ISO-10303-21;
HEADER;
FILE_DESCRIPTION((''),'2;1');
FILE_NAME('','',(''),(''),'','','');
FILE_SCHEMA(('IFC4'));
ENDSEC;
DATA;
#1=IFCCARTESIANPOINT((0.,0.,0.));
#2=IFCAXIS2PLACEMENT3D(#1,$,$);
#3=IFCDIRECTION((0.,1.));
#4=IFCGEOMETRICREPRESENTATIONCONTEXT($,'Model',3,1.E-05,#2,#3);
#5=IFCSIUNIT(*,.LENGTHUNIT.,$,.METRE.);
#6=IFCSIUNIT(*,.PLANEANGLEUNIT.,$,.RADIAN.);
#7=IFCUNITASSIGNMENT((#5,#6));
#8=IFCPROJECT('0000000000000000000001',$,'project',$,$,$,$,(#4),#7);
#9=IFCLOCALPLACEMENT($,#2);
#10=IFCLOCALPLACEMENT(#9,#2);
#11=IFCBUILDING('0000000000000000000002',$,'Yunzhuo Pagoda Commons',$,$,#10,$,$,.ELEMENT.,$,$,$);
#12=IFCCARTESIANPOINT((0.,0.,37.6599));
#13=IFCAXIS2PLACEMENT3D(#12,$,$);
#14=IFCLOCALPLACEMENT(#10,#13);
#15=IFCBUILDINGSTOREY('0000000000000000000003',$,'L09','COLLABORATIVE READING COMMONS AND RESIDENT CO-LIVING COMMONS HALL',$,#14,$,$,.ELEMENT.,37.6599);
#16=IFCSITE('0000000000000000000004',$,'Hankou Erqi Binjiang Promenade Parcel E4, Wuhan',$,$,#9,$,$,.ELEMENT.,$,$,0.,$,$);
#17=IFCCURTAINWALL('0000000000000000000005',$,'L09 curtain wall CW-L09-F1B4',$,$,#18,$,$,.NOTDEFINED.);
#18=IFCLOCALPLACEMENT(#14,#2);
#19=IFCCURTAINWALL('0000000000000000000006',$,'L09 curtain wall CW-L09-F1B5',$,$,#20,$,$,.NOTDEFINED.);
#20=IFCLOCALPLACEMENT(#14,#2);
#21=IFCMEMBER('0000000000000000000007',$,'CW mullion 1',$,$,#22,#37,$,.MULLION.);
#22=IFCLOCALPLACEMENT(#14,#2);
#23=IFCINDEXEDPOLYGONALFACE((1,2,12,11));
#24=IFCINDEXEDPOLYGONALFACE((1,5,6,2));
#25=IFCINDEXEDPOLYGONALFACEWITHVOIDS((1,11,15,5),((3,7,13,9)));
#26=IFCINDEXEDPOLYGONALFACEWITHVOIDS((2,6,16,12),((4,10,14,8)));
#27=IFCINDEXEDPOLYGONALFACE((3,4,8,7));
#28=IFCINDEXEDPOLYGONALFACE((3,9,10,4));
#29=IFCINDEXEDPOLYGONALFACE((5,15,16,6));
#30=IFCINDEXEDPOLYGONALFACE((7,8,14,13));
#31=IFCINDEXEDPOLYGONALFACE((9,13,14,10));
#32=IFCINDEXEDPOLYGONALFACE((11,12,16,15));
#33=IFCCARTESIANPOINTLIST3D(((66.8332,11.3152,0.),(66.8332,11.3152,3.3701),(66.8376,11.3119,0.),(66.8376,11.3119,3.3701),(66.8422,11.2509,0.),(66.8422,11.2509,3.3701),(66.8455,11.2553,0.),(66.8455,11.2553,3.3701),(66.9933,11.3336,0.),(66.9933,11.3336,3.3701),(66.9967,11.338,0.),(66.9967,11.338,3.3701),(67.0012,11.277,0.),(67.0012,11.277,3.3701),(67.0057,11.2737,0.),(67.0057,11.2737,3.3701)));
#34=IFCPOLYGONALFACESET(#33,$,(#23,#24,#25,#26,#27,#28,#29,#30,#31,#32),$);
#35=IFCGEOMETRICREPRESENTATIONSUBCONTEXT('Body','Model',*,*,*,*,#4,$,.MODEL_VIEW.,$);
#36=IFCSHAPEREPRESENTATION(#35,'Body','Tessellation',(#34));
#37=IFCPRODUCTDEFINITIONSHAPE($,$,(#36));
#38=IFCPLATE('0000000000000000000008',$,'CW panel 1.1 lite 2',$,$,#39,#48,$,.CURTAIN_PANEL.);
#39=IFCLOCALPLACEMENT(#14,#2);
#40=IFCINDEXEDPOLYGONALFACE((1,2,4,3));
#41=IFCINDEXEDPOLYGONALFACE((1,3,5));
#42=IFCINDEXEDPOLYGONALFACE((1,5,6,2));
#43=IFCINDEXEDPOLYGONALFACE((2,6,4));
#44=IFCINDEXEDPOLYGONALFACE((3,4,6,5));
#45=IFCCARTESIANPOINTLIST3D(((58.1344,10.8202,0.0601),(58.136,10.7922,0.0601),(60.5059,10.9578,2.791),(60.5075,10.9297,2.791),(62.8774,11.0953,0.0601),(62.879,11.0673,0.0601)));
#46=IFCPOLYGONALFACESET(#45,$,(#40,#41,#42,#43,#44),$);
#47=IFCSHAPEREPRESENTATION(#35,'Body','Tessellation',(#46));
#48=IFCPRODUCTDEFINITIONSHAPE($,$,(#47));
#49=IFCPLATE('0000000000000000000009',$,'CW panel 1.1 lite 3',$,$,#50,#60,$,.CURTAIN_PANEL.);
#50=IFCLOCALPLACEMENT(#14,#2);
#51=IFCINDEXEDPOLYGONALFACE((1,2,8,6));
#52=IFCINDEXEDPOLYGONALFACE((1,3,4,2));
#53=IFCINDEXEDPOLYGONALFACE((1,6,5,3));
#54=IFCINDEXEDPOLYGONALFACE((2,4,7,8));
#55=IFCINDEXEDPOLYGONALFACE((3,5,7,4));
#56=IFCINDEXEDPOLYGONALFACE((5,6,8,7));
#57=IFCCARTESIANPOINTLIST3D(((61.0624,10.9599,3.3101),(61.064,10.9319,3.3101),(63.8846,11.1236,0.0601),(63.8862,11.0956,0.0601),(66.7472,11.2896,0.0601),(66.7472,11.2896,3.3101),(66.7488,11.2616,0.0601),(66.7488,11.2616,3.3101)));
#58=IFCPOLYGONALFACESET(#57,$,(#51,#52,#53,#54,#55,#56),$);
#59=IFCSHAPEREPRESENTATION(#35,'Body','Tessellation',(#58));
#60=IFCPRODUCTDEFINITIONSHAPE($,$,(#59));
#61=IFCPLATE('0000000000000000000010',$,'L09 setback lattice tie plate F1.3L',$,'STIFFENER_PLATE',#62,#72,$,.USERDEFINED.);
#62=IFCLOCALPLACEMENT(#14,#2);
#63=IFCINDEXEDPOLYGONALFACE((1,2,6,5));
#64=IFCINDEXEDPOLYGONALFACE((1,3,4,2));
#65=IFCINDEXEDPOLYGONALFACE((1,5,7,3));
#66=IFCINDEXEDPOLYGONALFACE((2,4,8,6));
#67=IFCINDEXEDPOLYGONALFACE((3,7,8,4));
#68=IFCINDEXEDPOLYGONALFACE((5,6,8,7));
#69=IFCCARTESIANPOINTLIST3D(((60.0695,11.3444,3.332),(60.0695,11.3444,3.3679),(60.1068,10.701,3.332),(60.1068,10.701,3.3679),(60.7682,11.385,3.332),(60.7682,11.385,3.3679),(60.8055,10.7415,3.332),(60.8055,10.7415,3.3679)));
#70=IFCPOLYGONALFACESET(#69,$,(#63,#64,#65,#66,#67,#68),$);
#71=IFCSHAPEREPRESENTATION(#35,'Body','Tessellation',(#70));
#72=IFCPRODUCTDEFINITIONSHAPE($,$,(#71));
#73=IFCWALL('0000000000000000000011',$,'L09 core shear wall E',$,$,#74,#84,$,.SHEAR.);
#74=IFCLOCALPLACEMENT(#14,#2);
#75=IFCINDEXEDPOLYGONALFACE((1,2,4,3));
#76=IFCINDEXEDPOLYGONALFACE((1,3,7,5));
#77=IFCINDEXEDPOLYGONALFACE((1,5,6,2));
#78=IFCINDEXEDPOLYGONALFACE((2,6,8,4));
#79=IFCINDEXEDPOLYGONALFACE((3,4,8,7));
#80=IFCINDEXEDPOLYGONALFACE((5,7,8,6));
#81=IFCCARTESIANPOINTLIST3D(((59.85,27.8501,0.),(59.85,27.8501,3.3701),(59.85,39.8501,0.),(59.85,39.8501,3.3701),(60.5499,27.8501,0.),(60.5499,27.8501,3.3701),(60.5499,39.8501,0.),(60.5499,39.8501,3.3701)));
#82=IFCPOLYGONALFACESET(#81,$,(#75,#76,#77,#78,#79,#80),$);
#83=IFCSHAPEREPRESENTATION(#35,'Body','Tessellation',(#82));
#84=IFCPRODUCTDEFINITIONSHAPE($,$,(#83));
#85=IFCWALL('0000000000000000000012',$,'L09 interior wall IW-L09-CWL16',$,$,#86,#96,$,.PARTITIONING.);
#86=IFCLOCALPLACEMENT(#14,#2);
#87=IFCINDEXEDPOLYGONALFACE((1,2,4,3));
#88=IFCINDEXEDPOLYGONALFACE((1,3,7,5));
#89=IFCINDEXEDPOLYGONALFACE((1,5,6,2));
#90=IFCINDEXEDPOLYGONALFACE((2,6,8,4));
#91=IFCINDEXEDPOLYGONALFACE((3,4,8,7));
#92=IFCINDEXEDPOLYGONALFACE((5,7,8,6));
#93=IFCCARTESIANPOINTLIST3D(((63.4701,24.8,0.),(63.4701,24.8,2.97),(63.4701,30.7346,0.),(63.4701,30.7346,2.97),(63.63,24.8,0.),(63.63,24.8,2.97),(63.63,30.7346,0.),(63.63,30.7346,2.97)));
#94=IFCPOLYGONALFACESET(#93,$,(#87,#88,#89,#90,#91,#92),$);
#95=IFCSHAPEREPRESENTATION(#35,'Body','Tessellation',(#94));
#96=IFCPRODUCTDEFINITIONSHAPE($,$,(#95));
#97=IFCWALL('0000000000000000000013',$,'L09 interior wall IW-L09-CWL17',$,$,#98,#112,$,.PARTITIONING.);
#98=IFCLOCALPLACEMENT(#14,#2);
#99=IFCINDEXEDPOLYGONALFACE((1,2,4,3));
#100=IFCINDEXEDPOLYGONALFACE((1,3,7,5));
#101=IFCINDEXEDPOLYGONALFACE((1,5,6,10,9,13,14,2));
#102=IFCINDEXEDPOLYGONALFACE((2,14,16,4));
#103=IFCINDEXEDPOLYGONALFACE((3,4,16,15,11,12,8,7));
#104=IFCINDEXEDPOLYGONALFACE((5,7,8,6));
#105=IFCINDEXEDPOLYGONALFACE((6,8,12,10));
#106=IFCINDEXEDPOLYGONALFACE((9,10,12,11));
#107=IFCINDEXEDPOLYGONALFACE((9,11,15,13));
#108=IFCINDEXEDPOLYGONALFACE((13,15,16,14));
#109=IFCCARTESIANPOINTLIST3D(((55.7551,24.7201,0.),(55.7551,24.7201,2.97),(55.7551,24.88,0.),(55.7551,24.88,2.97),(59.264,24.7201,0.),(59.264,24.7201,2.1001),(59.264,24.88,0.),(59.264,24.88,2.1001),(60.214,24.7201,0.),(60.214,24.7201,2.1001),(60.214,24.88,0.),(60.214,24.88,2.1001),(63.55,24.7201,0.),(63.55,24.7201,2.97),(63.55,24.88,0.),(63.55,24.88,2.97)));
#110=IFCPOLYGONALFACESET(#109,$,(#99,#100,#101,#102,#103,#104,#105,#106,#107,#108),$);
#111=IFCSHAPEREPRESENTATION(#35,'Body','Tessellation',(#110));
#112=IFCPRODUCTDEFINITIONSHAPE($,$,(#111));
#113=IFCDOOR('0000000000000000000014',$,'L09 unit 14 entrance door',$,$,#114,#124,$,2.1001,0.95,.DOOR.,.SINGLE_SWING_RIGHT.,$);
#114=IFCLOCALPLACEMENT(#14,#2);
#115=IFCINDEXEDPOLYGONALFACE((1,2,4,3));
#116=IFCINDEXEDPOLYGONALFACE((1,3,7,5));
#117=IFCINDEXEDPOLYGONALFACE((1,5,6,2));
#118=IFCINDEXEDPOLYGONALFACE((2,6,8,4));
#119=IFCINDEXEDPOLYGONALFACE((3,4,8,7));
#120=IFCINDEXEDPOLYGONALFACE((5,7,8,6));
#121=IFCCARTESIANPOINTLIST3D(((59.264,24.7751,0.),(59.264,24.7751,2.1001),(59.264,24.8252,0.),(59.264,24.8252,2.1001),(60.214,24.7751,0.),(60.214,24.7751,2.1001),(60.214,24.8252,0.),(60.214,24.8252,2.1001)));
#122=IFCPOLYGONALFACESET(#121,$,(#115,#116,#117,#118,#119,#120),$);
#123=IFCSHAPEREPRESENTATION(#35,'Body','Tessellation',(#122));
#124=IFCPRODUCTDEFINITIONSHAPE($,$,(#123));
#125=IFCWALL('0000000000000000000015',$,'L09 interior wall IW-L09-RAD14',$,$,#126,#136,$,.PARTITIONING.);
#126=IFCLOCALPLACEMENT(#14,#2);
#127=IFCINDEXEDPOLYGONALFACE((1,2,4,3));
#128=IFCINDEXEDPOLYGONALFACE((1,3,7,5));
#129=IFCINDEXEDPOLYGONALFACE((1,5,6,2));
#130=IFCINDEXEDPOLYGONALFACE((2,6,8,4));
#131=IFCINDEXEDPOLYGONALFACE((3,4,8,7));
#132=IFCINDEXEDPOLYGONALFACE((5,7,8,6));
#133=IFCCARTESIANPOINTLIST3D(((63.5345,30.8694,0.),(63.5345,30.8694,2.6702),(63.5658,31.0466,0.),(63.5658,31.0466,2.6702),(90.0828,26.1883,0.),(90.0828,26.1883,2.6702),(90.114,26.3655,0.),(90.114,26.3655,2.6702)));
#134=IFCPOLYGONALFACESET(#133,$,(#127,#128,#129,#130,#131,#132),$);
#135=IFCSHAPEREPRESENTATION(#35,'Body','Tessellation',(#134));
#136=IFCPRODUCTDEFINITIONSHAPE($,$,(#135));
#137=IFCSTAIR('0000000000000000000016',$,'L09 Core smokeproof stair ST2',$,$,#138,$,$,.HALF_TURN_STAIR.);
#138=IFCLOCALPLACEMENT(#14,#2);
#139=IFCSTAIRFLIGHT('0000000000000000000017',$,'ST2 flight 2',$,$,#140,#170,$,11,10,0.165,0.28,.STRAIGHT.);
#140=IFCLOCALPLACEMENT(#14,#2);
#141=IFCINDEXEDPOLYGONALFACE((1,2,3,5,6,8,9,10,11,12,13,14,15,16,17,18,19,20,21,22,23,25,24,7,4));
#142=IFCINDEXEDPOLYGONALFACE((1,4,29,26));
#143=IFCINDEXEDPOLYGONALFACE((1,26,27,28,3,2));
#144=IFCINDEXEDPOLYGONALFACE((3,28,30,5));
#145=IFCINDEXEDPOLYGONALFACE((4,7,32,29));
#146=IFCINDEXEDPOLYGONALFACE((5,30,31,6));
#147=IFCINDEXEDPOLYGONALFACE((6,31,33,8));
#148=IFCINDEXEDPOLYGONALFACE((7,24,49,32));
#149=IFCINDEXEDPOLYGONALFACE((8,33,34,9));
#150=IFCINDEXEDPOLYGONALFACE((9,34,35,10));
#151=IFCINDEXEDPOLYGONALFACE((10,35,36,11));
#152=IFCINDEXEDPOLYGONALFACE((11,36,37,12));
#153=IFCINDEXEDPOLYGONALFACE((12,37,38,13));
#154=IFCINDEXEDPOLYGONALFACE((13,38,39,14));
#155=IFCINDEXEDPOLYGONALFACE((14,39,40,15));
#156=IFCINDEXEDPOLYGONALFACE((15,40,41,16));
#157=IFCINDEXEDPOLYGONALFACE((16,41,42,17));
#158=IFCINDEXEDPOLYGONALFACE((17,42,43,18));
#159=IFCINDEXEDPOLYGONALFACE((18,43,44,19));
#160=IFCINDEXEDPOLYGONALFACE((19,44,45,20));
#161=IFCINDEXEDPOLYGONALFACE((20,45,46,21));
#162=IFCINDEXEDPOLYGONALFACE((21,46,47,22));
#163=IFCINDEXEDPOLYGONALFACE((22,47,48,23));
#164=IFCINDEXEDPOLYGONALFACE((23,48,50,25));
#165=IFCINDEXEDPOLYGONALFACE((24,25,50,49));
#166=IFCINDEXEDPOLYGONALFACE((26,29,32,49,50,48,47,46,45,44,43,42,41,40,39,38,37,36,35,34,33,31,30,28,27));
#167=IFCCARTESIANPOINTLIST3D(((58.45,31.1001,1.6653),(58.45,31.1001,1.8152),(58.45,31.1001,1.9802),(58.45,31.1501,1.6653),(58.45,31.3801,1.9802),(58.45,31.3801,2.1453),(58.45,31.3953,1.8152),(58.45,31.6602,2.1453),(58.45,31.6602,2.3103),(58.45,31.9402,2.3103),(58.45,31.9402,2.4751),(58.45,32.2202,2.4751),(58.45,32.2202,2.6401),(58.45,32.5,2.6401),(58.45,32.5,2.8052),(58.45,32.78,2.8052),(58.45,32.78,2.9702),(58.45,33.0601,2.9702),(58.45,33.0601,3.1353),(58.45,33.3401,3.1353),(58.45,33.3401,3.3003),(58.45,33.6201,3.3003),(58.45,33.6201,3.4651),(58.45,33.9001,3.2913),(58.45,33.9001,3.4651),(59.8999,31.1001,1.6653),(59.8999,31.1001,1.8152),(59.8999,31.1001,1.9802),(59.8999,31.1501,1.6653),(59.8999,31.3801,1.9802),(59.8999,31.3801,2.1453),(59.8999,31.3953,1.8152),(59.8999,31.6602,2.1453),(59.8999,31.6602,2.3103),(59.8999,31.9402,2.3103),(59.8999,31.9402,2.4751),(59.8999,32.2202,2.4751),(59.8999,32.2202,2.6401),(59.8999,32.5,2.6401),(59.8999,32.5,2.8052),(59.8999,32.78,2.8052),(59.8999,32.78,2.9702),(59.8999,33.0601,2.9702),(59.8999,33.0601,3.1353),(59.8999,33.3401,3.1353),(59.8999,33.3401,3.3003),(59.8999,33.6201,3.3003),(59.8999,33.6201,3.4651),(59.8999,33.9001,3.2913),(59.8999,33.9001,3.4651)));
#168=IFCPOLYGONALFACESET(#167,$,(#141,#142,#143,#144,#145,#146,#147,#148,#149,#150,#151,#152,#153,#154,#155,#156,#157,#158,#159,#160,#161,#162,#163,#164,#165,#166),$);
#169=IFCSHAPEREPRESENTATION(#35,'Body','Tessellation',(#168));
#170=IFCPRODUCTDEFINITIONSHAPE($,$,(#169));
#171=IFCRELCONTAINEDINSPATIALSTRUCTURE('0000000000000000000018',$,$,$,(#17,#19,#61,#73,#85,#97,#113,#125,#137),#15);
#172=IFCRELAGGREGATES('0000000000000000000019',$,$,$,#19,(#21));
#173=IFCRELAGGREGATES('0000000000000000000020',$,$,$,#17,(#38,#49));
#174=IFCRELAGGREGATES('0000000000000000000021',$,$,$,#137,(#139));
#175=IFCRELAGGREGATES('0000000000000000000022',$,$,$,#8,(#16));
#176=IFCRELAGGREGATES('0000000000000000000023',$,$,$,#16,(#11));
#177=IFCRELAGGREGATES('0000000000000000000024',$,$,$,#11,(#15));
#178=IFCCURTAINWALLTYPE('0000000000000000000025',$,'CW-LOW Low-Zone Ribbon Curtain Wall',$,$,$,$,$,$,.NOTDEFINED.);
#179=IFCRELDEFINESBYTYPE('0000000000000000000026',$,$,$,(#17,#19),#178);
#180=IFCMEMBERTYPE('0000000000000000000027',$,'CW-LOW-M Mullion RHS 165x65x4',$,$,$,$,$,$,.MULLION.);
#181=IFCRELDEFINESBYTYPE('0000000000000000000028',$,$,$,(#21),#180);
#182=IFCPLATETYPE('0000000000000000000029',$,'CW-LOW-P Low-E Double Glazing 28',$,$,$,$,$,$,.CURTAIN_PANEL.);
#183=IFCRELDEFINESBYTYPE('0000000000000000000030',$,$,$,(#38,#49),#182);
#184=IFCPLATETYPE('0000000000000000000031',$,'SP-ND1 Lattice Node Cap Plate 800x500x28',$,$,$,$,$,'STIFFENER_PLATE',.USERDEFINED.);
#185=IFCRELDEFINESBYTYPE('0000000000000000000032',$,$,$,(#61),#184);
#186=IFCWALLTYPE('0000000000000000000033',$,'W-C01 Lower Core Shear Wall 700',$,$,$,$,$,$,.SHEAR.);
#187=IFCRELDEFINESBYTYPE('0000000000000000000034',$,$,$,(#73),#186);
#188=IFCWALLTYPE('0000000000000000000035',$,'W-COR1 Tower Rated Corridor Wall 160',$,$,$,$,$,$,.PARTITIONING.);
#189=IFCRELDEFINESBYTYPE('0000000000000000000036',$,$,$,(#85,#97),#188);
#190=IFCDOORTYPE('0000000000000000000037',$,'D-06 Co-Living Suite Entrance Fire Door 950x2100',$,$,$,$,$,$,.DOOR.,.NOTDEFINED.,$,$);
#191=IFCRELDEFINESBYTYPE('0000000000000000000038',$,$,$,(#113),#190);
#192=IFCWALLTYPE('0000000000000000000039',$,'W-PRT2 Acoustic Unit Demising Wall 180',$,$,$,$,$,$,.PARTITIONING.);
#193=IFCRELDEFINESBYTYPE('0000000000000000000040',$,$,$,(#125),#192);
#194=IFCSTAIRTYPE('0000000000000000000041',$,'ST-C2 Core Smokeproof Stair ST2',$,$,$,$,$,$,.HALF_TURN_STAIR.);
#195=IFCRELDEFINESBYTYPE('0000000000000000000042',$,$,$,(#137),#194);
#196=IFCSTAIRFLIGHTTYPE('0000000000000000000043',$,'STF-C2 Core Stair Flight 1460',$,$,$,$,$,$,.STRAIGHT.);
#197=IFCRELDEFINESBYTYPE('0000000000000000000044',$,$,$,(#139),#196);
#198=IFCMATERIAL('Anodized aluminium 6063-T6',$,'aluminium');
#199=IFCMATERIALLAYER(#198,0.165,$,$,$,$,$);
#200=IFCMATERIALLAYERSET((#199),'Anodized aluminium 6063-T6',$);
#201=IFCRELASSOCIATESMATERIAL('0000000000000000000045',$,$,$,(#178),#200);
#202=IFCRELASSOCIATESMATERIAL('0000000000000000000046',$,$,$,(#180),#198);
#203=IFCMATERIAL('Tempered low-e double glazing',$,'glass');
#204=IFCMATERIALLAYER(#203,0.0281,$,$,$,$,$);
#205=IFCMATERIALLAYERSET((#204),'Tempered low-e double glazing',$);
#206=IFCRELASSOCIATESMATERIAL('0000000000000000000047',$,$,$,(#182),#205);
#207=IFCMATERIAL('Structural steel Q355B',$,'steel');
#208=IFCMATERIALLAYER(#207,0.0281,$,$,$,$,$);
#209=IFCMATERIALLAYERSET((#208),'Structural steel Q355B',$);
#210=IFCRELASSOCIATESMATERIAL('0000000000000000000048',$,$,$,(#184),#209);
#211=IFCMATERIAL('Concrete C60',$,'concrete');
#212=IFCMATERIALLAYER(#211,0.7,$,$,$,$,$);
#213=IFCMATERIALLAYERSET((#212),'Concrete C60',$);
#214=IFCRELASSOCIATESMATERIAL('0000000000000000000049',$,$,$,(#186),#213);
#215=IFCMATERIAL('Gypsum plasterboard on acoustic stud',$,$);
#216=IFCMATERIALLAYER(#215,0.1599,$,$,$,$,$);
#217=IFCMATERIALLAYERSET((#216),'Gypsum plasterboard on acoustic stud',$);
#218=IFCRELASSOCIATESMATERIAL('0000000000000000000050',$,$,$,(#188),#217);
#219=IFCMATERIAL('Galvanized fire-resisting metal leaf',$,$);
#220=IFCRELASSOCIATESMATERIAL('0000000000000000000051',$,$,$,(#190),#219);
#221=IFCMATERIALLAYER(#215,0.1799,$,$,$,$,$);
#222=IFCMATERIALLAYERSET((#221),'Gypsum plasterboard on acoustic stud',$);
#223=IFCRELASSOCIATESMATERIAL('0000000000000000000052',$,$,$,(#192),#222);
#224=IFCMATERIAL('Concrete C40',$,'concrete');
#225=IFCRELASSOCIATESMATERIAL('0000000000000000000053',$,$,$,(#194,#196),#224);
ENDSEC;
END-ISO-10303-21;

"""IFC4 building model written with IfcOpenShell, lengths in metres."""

from ifc_helpers import new_model, si_unit, direction, frame, frame_2d, origin, origin_with_axes, origin_2d, place, context, subcontext, project, spatial, polyline, rectangle, hollow_rectangle, outline, extrude, source, transform, mapped, material, layer, layer_set, material_profile, profile_set, type_object, element, fill, aggregate, save


model = new_model("IFC4")

# Units and contexts
model_context = context("Model", 3, precision=1e-05, world=origin(), true_north=direction((0.0, 1.0)))
body_context = subcontext(model_context, "Body", "Model", "MODEL_VIEW")
ifc_project = project(units=[si_unit("LENGTHUNIT", "METRE"), si_unit("PLANEANGLEUNIT", "RADIAN")], contexts=[model_context])

# Site, building, storey
site_placement = place(None, origin())
site = spatial("IfcSite", under=ifc_project, at=site_placement, Name="Hankou Erqi Binjiang Promenade Parcel E4, Wuhan", CompositionType="ELEMENT", RefElevation=0.0)
building_placement = place(site_placement, origin())
building = spatial("IfcBuilding", under=site, at=building_placement, Name="Yunzhuo Pagoda Commons", CompositionType="ELEMENT")
storey_placement = place(building_placement, frame((0.0, 0.0, 37.6599)))
storey = spatial("IfcBuildingStorey", under=building, at=storey_placement, Name="L09", Description="COLLABORATIVE READING COMMONS AND RESIDENT CO-LIVING COMMONS HALL", CompositionType="ELEMENT", Elevation=37.6599)

# Shared definitions
ifc_material_1 = material(Name="Structural steel Q355B", Category="steel")

# Curtain walls, member
ifc_material_2 = material(Name="Anodized aluminium 6063-T6", Category="aluminium")
ifc_layer_1 = layer(ifc_material_2, 0.165)
ifc_layer_set_1 = layer_set([ifc_layer_1], Name="Anodized aluminium 6063-T6")
curtain_wall_type = type_object("IfcCurtainWallType", Name="CW-LOW Low-Zone Ribbon Curtain Wall", PredefinedType="NOTDEFINED", material=ifc_layer_set_1)
curtain_wall_1_placement = place(storey_placement, origin())
curtain_wall_1 = element("IfcCurtainWall", 1, at=curtain_wall_1_placement, inside=storey, type_object=curtain_wall_type, Name="L09 curtain wall CW-L09-F1B4", PredefinedType="NOTDEFINED")
ifc_material_profile_1 = material_profile(ifc_material_2, hollow_rectangle(XDim=0.0649, YDim=0.165, WallThickness=0.0039, at=origin_2d()), Name="Anodized aluminium 6063-T6")
ifc_profile_set_1 = profile_set([ifc_material_profile_1], Name="Anodized aluminium 6063-T6")
member_type_1 = type_object("IfcMemberType", Name="CW-LOW-M Mullion RHS 165x65x4", PredefinedType="MULLION", material=ifc_profile_set_1)
shared_shape_1 = source(origin(), body_context, "Body", "SweptSolid", [
    extrude(hollow_rectangle(XDim=0.0649, YDim=0.165, WallThickness=0.0039, at=origin_2d()), origin(), (0.0, 0.0, 1.0), 3.3701),
])
curtain_wall_2_placement = place(storey_placement, origin())
curtain_wall_2 = element("IfcCurtainWall", 2, at=curtain_wall_2_placement, inside=storey, type_object=curtain_wall_type, Name="L09 curtain wall CW-L09-F1B5", PredefinedType="NOTDEFINED")
member_1_placement = place(storey_placement, frame((66.9194, 11.2944, 0.0), z_axis=(0.0, 0.0, 1.0), x_axis=(-0.138294, 0.990391, 0.0)))
member_1 = element("IfcMember", 3, at=member_1_placement, type_object=member_type_1, Name="CW mullion 1", PredefinedType="MULLION", context=body_context, shape_type="MappedRepresentation", body=[
    mapped(shared_shape_1, transform((0.0, 0.0, 0.0), scale=1.0)),
])
aggregate(curtain_wall_2, [member_1])

# Plates
ifc_material_3 = material(Name="Tempered low-e double glazing", Category="glass")
ifc_layer_2 = layer(ifc_material_3, 0.0281)
ifc_layer_set_2 = layer_set([ifc_layer_2], Name="Tempered low-e double glazing")
plate_type_1 = type_object("IfcPlateType", Name="CW-LOW-P Low-E Double Glazing 28", PredefinedType="CURTAIN_PANEL", material=ifc_layer_set_2)
plate_1_placement = place(storey_placement, frame((60.5059, 10.9578, 1.4255), z_axis=(0.057899, -0.998322, 0.0), x_axis=(0.998322, 0.057899, 0.0)))
plate_1 = element("IfcPlate", 4, at=plate_1_placement, type_object=plate_type_1, Name="CW panel 1.1 lite 2", PredefinedType="CURTAIN_PANEL", context=body_context, shape_type="SweptSolid", body=[
    extrude(outline(polyline([(-2.3755, -1.3655), (2.3755, -1.3655), (0.0, 1.3655), (-2.3755, -1.3655)])), origin(), (0.0, 0.0, 1.0), 0.0281),
])
plate_2_placement = place(storey_placement, frame((63.9048, 11.1248, 1.6851), z_axis=(0.057899, -0.998322, 0.0), x_axis=(0.998322, 0.057899, 0.0)))
plate_2 = element("IfcPlate", 5, at=plate_2_placement, type_object=plate_type_1, Name="CW panel 1.1 lite 3", PredefinedType="CURTAIN_PANEL", context=body_context, shape_type="SweptSolid", body=[
    extrude(outline(polyline([(-2.8472, 1.625), (-0.0203, -1.625), (2.8472, -1.625), (2.8472, 1.625), (-2.8472, 1.625)])), origin(), (0.0, 0.0, 1.0), 0.0281),
])
aggregate(curtain_wall_1, [plate_1, plate_2])
ifc_layer_3 = layer(ifc_material_1, 0.0281)
ifc_layer_set_3 = layer_set([ifc_layer_3], Name="Structural steel Q355B")
plate_type_2 = type_object("IfcPlateType", Name="SP-ND1 Lattice Node Cap Plate 800x500x28", ElementType="STIFFENER_PLATE", PredefinedType="USERDEFINED", material=ifc_layer_set_3)
shared_shape_2 = source(origin(), body_context, "Body", "SweptSolid", [
    extrude(rectangle(XDim=0.7, YDim=0.6445, at=origin_2d()), origin(), (0.0, 0.0, 1.0), 0.0359),
])
plate_3_placement = place(storey_placement, frame((60.4375, 11.043, 3.332), z_axis=(0.0, 0.0, 1.0), x_axis=(0.998323, 0.057895, 0.0)))
element("IfcPlate", 6, at=plate_3_placement, inside=storey, type_object=plate_type_2, Name="L09 setback lattice tie plate F1.3L", ObjectType="STIFFENER_PLATE", PredefinedType="USERDEFINED", context=body_context, shape_type="MappedRepresentation", body=[
    mapped(shared_shape_2, transform((0.0, 0.0, 0.0), scale=1.0)),
])

# Walls
ifc_material_4 = material(Name="Concrete C60", Category="concrete")
ifc_layer_4 = layer(ifc_material_4, 0.7)
ifc_layer_set_4 = layer_set([ifc_layer_4], Name="Concrete C60")
wall_type_1 = type_object("IfcWallType", Name="W-C01 Lower Core Shear Wall 700", PredefinedType="SHEAR", material=ifc_layer_set_4)
wall_1_placement = place(storey_placement, frame((60.2, 27.8501, 0.0), z_axis=(0.0, 0.0, 1.0), x_axis=(0.0, 1.0, 0.0)))
element("IfcWall", 7, at=wall_1_placement, inside=storey, type_object=wall_type_1, Name="L09 core shear wall E", PredefinedType="SHEAR", context=body_context, shape_type="SweptSolid", body=[
    extrude(rectangle(XDim=12.0, YDim=0.7, at=frame_2d((6.0, 0.0))), origin(), (0.0, 0.0, 1.0), 3.3701),
])
ifc_material_5 = material(Name="Gypsum plasterboard on acoustic stud")
ifc_layer_5 = layer(ifc_material_5, 0.1599)
ifc_layer_set_5 = layer_set([ifc_layer_5], Name="Gypsum plasterboard on acoustic stud")
wall_type_2 = type_object("IfcWallType", Name="W-COR1 Tower Rated Corridor Wall 160", PredefinedType="PARTITIONING", material=ifc_layer_set_5)
wall_2_placement = place(storey_placement, frame((63.55, 30.7346, 0.0), z_axis=(0.0, 0.0, 1.0), x_axis=(0.0, -1.0, 0.0)))
element("IfcWall", 8, at=wall_2_placement, inside=storey, type_object=wall_type_2, Name="L09 interior wall IW-L09-CWL16", PredefinedType="PARTITIONING", context=body_context, shape_type="SweptSolid", body=[
    extrude(rectangle(XDim=5.9346, YDim=0.1599, at=frame_2d((2.9673, 0.0))), origin(), (0.0, 0.0, 1.0), 2.97),
])

# Wall, opening, door
wall_3_placement = place(storey_placement, frame((63.55, 24.8, 0.0), z_axis=(0.0, 0.0, 1.0), x_axis=(-1.0, 0.0, 0.0)))
wall_3 = element("IfcWall", 9, at=wall_3_placement, inside=storey, type_object=wall_type_2, Name="L09 interior wall IW-L09-CWL17", PredefinedType="PARTITIONING", context=body_context, shape_type="SweptSolid", body=[
    extrude(rectangle(XDim=7.7949, YDim=0.1599, at=frame_2d((3.8975, 0.0))), origin(), (0.0, 0.0, 1.0), 2.97),
])
opening_placement = place(wall_3_placement, frame((3.3359, 0.0, 0.0)))
opening = element("IfcOpeningElement", 10, at=opening_placement, cuts=wall_3, PredefinedType="OPENING", context=body_context, shape_type="SweptSolid", body=[
    extrude(rectangle(XDim=0.95, YDim=2.1001, at=frame_2d((0.4751, 1.05))), frame((0.0, 0.0898, 0.0), z_axis=(0.0, -1.0, 0.0), x_axis=(1.0, 0.0, 0.0)), (0.0, 0.0, 1.0), 0.1799),
])
ifc_material_6 = material(Name="Galvanized fire-resisting metal leaf")
door_type = type_object("IfcDoorType", Name="D-06 Co-Living Suite Entrance Fire Door 950x2100", OperationType="NOTDEFINED", PredefinedType="DOOR", material=ifc_material_6)
shared_shape_3 = source(origin(), body_context, "Body", "SweptSolid", [
    extrude(rectangle(XDim=0.95, YDim=2.1001, at=frame_2d((0.4751, 1.05))), frame((0.0, 0.0249, 0.0), z_axis=(0.0, -1.0, 0.0), x_axis=(1.0, 0.0, 0.0)), (0.0, 0.0, 1.0), 0.05),
])
door_placement = place(opening_placement, origin_with_axes())
door = element("IfcDoor", 11, at=door_placement, inside=storey, type_object=door_type, Name="L09 unit 14 entrance door", OperationType="SINGLE_SWING_RIGHT", OverallHeight=2.1001, OverallWidth=0.95, PredefinedType="DOOR", context=body_context, shape_type="MappedRepresentation", body=[
    mapped(shared_shape_3, transform((0.0, 0.0, 0.0), scale=1.0)),
])
fill(opening, door)

# Wall
ifc_layer_6 = layer(ifc_material_5, 0.1799)
ifc_layer_set_6 = layer_set([ifc_layer_6], Name="Gypsum plasterboard on acoustic stud")
wall_type_3 = type_object("IfcWallType", Name="W-PRT2 Acoustic Unit Demising Wall 180", PredefinedType="PARTITIONING", material=ifc_layer_set_6)
wall_4_placement = place(storey_placement, frame((63.55, 30.958, 0.0), z_axis=(0.0, 0.0, 1.0), x_axis=(0.984808, -0.173647, 0.0)))
element("IfcWall", 12, at=wall_4_placement, inside=storey, type_object=wall_type_3, Name="L09 interior wall IW-L09-RAD14", PredefinedType="PARTITIONING", context=body_context, shape_type="SweptSolid", body=[
    extrude(rectangle(XDim=26.9578, YDim=0.1799, at=frame_2d((13.479, 0.0))), origin(), (0.0, 0.0, 1.0), 2.6702),
])

# Stair, stair flight
ifc_material_7 = material(Name="Concrete C40", Category="concrete")
stair_type = type_object("IfcStairType", Name="ST-C2 Core Smokeproof Stair ST2", PredefinedType="HALF_TURN_STAIR", material=ifc_material_7)
stair_placement = place(storey_placement, origin())
stair = element("IfcStair", 13, at=stair_placement, inside=storey, type_object=stair_type, Name="L09 Core smokeproof stair ST2", PredefinedType="HALF_TURN_STAIR")
stair_flight_type = type_object("IfcStairFlightType", Name="STF-C2 Core Stair Flight 1460", PredefinedType="STRAIGHT", material=ifc_material_7)
shared_shape_4 = source(origin(), body_context, "Body", "SweptSolid", [
    extrude(outline(polyline([(0.0, -0.1499), (0.0, 0.0), (0.0, 0.165), (0.28, 0.165), (0.28, 0.3301), (0.5601, 0.3301), (0.5601, 0.4951), (0.8401, 0.4951), (0.8401, 0.6599), (1.1201, 0.6599), (1.1201, 0.825), (1.3999, 0.825), (1.3999, 0.99), (1.6799, 0.99), (1.6799, 1.155), (1.96, 1.155), (1.96, 1.3201), (2.24, 1.3201), (2.24, 1.4851), (2.52, 1.4851), (2.52, 1.6499), (2.8, 1.6499), (2.8, 1.8149), (2.8, 1.4761), (0.2952, 0.0), (0.05, -0.1499), (0.0, -0.1499)])), frame((0.0, 0.7251, 0.0), z_axis=(0.0, -1.0, 0.0), x_axis=(1.0, 0.0, 0.0)), (0.0, 0.0, 1.0), 1.45),
])
stair_flight_placement = place(storey_placement, frame((59.175, 31.1001, 1.8152), z_axis=(0.0, 0.0, 1.0), x_axis=(0.0, 1.0, 0.0)))
stair_flight = element("IfcStairFlight", 14, at=stair_flight_placement, type_object=stair_flight_type, Name="ST2 flight 2", NumberOfRisers=11, NumberOfTreads=10, PredefinedType="STRAIGHT", RiserHeight=0.165, TreadLength=0.28, context=body_context, shape_type="MappedRepresentation", body=[
    mapped(shared_shape_4, transform((0.0, 0.0, 0.0), scale=1.0)),
])
aggregate(stair, [stair_flight])

save(model, "model.ifc")
